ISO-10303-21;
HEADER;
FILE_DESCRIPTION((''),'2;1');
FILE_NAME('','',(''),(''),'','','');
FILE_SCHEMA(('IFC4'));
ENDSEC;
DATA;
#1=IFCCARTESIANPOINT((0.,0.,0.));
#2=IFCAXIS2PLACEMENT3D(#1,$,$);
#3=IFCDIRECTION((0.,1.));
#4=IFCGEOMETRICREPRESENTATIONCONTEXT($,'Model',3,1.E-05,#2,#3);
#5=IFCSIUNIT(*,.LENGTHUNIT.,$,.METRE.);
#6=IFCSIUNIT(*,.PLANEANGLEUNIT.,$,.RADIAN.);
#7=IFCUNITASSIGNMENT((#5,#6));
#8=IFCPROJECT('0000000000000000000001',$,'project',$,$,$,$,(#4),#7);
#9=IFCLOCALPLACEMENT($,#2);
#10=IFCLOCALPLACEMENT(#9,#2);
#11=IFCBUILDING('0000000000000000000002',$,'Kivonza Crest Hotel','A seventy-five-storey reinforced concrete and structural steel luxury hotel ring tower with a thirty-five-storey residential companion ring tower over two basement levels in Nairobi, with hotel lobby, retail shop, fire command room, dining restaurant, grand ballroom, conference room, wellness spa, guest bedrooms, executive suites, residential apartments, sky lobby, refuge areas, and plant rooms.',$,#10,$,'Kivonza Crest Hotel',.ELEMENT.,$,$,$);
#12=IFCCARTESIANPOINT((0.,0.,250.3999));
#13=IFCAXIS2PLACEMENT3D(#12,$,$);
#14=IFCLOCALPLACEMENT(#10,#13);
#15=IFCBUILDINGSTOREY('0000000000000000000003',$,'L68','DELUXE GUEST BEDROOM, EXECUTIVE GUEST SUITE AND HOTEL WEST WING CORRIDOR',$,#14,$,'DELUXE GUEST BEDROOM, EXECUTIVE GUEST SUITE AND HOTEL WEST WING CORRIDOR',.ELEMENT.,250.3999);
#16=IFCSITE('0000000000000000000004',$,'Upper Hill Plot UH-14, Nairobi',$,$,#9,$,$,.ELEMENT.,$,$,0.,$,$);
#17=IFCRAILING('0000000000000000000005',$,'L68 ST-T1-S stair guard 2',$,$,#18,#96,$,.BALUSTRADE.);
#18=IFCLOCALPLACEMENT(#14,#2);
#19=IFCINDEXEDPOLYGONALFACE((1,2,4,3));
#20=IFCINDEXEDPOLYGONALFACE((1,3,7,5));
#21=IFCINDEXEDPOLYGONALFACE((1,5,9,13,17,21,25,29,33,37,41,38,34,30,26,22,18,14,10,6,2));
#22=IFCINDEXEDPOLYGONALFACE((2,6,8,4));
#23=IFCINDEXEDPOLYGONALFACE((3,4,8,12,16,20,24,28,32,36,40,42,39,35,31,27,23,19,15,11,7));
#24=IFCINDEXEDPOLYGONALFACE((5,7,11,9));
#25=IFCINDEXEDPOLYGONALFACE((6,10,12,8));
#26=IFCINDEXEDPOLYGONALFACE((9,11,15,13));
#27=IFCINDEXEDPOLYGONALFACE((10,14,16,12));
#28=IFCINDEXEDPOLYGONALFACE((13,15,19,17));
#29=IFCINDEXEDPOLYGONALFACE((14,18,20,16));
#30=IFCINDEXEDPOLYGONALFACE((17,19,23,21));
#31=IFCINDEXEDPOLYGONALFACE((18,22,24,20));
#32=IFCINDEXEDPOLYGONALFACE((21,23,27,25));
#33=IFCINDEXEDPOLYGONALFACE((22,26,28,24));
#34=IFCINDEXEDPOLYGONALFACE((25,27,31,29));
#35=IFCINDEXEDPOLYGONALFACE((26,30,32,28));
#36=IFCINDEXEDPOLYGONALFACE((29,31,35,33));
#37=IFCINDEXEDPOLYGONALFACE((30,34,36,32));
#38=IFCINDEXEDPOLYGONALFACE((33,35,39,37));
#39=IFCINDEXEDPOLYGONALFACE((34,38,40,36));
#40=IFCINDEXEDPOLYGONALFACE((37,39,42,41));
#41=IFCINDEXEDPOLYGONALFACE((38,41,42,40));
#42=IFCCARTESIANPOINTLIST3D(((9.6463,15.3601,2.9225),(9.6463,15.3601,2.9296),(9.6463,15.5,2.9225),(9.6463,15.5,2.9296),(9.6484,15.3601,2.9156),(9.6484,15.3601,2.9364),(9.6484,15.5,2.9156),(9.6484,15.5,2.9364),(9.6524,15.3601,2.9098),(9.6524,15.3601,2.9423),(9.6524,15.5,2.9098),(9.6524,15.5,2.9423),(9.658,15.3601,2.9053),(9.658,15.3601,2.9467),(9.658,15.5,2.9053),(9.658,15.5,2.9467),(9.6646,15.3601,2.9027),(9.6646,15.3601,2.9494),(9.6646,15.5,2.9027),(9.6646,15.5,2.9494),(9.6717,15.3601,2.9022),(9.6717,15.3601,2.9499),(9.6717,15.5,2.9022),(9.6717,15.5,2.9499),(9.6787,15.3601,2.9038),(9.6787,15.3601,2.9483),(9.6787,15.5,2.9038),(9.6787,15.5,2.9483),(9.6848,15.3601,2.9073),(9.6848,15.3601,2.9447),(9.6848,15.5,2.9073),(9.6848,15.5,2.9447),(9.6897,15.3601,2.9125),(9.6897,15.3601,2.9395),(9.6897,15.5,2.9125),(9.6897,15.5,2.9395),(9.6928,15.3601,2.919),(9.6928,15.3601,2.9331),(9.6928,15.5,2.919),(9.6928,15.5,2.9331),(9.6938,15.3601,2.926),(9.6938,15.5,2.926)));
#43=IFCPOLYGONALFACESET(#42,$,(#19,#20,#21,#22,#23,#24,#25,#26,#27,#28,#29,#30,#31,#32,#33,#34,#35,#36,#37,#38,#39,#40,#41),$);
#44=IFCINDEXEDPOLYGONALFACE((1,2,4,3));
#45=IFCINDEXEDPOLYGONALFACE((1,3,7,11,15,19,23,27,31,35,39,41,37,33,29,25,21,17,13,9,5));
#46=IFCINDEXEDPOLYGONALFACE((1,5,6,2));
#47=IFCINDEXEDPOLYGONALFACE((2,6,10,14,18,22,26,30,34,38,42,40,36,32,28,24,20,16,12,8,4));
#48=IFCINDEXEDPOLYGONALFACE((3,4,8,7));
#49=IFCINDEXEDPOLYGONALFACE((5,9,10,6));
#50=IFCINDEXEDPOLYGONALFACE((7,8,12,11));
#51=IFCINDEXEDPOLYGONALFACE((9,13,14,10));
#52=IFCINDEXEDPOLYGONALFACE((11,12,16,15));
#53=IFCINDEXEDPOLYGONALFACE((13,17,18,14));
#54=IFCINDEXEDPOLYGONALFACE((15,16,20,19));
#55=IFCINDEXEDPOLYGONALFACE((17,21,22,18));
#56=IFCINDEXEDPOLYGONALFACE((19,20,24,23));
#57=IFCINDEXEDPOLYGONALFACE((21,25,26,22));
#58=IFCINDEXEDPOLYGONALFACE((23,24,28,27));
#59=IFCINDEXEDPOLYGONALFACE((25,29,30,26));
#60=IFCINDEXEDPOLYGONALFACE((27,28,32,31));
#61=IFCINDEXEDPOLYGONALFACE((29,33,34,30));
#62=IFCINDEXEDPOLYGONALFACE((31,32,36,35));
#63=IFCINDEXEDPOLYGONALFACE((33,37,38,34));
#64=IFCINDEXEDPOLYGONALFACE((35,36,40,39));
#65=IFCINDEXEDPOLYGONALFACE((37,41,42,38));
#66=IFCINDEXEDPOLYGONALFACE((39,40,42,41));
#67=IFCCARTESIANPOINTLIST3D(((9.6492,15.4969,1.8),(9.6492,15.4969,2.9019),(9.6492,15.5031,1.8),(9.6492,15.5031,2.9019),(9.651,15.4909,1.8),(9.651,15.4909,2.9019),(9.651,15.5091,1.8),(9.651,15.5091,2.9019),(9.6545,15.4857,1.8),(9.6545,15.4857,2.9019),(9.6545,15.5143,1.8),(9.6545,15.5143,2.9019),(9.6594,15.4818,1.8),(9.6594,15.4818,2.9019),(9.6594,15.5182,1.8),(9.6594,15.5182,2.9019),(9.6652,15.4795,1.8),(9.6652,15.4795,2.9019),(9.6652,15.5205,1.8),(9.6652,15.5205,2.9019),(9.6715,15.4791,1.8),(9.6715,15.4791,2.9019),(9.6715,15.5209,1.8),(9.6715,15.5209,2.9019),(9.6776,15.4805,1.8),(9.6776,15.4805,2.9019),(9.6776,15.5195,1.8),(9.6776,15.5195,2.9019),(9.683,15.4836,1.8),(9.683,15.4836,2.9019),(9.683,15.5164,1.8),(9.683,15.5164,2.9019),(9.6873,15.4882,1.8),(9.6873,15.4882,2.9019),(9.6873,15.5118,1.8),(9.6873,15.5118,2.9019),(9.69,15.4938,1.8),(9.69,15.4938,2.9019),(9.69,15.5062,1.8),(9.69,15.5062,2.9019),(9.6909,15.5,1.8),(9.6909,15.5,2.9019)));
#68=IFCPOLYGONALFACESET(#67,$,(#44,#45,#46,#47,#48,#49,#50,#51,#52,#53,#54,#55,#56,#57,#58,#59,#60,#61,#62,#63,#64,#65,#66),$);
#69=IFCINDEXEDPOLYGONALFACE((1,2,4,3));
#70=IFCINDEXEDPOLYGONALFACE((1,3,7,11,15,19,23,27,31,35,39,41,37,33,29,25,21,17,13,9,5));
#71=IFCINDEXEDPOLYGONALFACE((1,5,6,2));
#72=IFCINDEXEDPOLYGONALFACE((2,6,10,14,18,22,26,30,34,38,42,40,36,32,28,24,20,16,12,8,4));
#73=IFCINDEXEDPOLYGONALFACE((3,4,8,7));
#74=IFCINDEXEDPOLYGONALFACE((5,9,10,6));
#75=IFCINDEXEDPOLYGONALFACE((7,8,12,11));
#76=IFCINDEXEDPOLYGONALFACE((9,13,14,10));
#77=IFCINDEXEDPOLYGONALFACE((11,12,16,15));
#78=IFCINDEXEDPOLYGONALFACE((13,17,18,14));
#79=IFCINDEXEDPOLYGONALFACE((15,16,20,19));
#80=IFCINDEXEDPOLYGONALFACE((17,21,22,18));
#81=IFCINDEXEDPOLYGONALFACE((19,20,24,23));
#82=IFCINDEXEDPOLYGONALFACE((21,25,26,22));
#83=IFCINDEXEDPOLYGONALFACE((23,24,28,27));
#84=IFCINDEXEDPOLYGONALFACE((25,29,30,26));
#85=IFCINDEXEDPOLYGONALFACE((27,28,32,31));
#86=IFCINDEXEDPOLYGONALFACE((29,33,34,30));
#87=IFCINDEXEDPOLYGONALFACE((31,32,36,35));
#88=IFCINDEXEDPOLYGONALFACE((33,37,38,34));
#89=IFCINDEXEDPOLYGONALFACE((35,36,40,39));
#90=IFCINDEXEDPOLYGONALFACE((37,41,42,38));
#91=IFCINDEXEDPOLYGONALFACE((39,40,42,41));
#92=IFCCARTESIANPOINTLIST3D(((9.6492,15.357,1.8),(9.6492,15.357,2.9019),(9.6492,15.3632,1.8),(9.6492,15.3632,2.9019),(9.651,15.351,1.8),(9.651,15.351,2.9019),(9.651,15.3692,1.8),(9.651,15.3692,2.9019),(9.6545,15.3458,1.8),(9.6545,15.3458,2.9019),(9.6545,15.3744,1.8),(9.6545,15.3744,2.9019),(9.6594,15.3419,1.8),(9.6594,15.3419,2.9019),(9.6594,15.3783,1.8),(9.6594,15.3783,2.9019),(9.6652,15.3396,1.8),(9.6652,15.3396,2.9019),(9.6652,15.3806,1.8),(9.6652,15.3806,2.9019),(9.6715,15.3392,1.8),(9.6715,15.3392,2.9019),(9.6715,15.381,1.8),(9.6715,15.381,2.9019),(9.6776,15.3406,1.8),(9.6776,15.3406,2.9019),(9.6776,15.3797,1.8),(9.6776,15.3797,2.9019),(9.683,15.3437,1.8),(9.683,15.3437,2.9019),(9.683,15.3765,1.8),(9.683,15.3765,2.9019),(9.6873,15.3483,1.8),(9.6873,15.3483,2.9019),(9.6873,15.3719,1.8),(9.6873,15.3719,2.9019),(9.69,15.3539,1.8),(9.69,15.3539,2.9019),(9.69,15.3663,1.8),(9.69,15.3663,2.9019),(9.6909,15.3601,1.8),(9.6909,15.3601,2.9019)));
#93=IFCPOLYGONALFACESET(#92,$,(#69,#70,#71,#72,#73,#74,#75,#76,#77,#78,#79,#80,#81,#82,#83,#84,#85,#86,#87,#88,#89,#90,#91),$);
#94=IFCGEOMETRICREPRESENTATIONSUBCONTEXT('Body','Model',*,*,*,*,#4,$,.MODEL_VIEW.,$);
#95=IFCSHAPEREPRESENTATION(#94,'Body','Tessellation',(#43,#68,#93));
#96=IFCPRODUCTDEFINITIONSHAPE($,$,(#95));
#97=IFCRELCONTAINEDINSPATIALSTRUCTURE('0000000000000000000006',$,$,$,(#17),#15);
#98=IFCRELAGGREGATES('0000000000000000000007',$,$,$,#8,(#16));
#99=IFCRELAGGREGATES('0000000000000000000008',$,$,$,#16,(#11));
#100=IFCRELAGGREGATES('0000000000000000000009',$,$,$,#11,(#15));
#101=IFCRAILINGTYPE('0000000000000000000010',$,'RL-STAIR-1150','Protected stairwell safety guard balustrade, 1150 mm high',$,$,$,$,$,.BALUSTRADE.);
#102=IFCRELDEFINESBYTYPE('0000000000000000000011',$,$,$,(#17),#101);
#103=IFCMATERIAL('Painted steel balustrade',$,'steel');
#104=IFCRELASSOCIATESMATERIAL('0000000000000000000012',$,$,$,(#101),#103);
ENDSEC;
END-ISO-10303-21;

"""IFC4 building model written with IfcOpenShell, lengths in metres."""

from ifc_helpers import new_model, si_unit, direction, frame, origin, origin_2d, place, context, subcontext, project, spatial, circle, extrude, material, type_object, element, save


model = new_model("IFC4")

# Units and contexts
model_context = context("Model", 3, precision=1e-05, world=origin(), true_north=direction((0.0, 1.0)))
body_context = subcontext(model_context, "Body", "Model", "MODEL_VIEW")
ifc_project = project(units=[si_unit("LENGTHUNIT", "METRE"), si_unit("PLANEANGLEUNIT", "RADIAN")], contexts=[model_context])

# Site, building, storey
site_placement = place(None, origin())
site = spatial("IfcSite", under=ifc_project, at=site_placement, Name="Upper Hill Plot UH-14, Nairobi", CompositionType="ELEMENT", RefElevation=0.0)
building_placement = place(site_placement, origin())
building = spatial("IfcBuilding", under=site, at=building_placement, Name="Kivonza Crest Hotel", Description="A seventy-five-storey reinforced concrete and structural steel luxury hotel ring tower with a thirty-five-storey residential companion ring tower over two basement levels in Nairobi, with hotel lobby, retail shop, fire command room, dining restaurant, grand ballroom, conference room, wellness spa, guest bedrooms, executive suites, residential apartments, sky lobby, refuge areas, and plant rooms.", LongName="Kivonza Crest Hotel", CompositionType="ELEMENT")
storey_placement = place(building_placement, frame((0.0, 0.0, 250.3999)))
storey = spatial("IfcBuildingStorey", under=building, at=storey_placement, Name="L68", Description="DELUXE GUEST BEDROOM, EXECUTIVE GUEST SUITE AND HOTEL WEST WING CORRIDOR", LongName="DELUXE GUEST BEDROOM, EXECUTIVE GUEST SUITE AND HOTEL WEST WING CORRIDOR", CompositionType="ELEMENT", Elevation=250.3999)

# Railing
ifc_material_1 = material(Name="Painted steel balustrade", Category="steel")
railing_type_1 = type_object("IfcRailingType", Name="RL-STAIR-1150", Description="Protected stairwell safety guard balustrade, 1150 mm high", PredefinedType="BALUSTRADE", material=ifc_material_1)
railing_1_placement = place(storey_placement, frame((9.6699, 15.5, 1.8)))
element("IfcRailing", 1, at=railing_1_placement, inside=storey, type_object=railing_type_1, Name="L68 ST-T1-S stair guard 2", PredefinedType="BALUSTRADE", context=body_context, shape_type="SweptSolid", body=[
    extrude(circle(Radius=0.0239, at=origin_2d()), frame((0.0, 0.0, 1.126), z_axis=(0.0, -1.0, 0.0), x_axis=(1.0, 0.0, 0.0)), (0.0, 0.0, 1.0), 0.1399),
    extrude(circle(Radius=0.021, at=origin_2d()), origin(), (0.0, 0.0, 1.0), 1.1018),
    extrude(circle(Radius=0.021, at=origin_2d()), frame((0.0, -0.1399, 0.0)), (0.0, 0.0, 1.0), 1.1018),
])

save(model, "model.ifc")
